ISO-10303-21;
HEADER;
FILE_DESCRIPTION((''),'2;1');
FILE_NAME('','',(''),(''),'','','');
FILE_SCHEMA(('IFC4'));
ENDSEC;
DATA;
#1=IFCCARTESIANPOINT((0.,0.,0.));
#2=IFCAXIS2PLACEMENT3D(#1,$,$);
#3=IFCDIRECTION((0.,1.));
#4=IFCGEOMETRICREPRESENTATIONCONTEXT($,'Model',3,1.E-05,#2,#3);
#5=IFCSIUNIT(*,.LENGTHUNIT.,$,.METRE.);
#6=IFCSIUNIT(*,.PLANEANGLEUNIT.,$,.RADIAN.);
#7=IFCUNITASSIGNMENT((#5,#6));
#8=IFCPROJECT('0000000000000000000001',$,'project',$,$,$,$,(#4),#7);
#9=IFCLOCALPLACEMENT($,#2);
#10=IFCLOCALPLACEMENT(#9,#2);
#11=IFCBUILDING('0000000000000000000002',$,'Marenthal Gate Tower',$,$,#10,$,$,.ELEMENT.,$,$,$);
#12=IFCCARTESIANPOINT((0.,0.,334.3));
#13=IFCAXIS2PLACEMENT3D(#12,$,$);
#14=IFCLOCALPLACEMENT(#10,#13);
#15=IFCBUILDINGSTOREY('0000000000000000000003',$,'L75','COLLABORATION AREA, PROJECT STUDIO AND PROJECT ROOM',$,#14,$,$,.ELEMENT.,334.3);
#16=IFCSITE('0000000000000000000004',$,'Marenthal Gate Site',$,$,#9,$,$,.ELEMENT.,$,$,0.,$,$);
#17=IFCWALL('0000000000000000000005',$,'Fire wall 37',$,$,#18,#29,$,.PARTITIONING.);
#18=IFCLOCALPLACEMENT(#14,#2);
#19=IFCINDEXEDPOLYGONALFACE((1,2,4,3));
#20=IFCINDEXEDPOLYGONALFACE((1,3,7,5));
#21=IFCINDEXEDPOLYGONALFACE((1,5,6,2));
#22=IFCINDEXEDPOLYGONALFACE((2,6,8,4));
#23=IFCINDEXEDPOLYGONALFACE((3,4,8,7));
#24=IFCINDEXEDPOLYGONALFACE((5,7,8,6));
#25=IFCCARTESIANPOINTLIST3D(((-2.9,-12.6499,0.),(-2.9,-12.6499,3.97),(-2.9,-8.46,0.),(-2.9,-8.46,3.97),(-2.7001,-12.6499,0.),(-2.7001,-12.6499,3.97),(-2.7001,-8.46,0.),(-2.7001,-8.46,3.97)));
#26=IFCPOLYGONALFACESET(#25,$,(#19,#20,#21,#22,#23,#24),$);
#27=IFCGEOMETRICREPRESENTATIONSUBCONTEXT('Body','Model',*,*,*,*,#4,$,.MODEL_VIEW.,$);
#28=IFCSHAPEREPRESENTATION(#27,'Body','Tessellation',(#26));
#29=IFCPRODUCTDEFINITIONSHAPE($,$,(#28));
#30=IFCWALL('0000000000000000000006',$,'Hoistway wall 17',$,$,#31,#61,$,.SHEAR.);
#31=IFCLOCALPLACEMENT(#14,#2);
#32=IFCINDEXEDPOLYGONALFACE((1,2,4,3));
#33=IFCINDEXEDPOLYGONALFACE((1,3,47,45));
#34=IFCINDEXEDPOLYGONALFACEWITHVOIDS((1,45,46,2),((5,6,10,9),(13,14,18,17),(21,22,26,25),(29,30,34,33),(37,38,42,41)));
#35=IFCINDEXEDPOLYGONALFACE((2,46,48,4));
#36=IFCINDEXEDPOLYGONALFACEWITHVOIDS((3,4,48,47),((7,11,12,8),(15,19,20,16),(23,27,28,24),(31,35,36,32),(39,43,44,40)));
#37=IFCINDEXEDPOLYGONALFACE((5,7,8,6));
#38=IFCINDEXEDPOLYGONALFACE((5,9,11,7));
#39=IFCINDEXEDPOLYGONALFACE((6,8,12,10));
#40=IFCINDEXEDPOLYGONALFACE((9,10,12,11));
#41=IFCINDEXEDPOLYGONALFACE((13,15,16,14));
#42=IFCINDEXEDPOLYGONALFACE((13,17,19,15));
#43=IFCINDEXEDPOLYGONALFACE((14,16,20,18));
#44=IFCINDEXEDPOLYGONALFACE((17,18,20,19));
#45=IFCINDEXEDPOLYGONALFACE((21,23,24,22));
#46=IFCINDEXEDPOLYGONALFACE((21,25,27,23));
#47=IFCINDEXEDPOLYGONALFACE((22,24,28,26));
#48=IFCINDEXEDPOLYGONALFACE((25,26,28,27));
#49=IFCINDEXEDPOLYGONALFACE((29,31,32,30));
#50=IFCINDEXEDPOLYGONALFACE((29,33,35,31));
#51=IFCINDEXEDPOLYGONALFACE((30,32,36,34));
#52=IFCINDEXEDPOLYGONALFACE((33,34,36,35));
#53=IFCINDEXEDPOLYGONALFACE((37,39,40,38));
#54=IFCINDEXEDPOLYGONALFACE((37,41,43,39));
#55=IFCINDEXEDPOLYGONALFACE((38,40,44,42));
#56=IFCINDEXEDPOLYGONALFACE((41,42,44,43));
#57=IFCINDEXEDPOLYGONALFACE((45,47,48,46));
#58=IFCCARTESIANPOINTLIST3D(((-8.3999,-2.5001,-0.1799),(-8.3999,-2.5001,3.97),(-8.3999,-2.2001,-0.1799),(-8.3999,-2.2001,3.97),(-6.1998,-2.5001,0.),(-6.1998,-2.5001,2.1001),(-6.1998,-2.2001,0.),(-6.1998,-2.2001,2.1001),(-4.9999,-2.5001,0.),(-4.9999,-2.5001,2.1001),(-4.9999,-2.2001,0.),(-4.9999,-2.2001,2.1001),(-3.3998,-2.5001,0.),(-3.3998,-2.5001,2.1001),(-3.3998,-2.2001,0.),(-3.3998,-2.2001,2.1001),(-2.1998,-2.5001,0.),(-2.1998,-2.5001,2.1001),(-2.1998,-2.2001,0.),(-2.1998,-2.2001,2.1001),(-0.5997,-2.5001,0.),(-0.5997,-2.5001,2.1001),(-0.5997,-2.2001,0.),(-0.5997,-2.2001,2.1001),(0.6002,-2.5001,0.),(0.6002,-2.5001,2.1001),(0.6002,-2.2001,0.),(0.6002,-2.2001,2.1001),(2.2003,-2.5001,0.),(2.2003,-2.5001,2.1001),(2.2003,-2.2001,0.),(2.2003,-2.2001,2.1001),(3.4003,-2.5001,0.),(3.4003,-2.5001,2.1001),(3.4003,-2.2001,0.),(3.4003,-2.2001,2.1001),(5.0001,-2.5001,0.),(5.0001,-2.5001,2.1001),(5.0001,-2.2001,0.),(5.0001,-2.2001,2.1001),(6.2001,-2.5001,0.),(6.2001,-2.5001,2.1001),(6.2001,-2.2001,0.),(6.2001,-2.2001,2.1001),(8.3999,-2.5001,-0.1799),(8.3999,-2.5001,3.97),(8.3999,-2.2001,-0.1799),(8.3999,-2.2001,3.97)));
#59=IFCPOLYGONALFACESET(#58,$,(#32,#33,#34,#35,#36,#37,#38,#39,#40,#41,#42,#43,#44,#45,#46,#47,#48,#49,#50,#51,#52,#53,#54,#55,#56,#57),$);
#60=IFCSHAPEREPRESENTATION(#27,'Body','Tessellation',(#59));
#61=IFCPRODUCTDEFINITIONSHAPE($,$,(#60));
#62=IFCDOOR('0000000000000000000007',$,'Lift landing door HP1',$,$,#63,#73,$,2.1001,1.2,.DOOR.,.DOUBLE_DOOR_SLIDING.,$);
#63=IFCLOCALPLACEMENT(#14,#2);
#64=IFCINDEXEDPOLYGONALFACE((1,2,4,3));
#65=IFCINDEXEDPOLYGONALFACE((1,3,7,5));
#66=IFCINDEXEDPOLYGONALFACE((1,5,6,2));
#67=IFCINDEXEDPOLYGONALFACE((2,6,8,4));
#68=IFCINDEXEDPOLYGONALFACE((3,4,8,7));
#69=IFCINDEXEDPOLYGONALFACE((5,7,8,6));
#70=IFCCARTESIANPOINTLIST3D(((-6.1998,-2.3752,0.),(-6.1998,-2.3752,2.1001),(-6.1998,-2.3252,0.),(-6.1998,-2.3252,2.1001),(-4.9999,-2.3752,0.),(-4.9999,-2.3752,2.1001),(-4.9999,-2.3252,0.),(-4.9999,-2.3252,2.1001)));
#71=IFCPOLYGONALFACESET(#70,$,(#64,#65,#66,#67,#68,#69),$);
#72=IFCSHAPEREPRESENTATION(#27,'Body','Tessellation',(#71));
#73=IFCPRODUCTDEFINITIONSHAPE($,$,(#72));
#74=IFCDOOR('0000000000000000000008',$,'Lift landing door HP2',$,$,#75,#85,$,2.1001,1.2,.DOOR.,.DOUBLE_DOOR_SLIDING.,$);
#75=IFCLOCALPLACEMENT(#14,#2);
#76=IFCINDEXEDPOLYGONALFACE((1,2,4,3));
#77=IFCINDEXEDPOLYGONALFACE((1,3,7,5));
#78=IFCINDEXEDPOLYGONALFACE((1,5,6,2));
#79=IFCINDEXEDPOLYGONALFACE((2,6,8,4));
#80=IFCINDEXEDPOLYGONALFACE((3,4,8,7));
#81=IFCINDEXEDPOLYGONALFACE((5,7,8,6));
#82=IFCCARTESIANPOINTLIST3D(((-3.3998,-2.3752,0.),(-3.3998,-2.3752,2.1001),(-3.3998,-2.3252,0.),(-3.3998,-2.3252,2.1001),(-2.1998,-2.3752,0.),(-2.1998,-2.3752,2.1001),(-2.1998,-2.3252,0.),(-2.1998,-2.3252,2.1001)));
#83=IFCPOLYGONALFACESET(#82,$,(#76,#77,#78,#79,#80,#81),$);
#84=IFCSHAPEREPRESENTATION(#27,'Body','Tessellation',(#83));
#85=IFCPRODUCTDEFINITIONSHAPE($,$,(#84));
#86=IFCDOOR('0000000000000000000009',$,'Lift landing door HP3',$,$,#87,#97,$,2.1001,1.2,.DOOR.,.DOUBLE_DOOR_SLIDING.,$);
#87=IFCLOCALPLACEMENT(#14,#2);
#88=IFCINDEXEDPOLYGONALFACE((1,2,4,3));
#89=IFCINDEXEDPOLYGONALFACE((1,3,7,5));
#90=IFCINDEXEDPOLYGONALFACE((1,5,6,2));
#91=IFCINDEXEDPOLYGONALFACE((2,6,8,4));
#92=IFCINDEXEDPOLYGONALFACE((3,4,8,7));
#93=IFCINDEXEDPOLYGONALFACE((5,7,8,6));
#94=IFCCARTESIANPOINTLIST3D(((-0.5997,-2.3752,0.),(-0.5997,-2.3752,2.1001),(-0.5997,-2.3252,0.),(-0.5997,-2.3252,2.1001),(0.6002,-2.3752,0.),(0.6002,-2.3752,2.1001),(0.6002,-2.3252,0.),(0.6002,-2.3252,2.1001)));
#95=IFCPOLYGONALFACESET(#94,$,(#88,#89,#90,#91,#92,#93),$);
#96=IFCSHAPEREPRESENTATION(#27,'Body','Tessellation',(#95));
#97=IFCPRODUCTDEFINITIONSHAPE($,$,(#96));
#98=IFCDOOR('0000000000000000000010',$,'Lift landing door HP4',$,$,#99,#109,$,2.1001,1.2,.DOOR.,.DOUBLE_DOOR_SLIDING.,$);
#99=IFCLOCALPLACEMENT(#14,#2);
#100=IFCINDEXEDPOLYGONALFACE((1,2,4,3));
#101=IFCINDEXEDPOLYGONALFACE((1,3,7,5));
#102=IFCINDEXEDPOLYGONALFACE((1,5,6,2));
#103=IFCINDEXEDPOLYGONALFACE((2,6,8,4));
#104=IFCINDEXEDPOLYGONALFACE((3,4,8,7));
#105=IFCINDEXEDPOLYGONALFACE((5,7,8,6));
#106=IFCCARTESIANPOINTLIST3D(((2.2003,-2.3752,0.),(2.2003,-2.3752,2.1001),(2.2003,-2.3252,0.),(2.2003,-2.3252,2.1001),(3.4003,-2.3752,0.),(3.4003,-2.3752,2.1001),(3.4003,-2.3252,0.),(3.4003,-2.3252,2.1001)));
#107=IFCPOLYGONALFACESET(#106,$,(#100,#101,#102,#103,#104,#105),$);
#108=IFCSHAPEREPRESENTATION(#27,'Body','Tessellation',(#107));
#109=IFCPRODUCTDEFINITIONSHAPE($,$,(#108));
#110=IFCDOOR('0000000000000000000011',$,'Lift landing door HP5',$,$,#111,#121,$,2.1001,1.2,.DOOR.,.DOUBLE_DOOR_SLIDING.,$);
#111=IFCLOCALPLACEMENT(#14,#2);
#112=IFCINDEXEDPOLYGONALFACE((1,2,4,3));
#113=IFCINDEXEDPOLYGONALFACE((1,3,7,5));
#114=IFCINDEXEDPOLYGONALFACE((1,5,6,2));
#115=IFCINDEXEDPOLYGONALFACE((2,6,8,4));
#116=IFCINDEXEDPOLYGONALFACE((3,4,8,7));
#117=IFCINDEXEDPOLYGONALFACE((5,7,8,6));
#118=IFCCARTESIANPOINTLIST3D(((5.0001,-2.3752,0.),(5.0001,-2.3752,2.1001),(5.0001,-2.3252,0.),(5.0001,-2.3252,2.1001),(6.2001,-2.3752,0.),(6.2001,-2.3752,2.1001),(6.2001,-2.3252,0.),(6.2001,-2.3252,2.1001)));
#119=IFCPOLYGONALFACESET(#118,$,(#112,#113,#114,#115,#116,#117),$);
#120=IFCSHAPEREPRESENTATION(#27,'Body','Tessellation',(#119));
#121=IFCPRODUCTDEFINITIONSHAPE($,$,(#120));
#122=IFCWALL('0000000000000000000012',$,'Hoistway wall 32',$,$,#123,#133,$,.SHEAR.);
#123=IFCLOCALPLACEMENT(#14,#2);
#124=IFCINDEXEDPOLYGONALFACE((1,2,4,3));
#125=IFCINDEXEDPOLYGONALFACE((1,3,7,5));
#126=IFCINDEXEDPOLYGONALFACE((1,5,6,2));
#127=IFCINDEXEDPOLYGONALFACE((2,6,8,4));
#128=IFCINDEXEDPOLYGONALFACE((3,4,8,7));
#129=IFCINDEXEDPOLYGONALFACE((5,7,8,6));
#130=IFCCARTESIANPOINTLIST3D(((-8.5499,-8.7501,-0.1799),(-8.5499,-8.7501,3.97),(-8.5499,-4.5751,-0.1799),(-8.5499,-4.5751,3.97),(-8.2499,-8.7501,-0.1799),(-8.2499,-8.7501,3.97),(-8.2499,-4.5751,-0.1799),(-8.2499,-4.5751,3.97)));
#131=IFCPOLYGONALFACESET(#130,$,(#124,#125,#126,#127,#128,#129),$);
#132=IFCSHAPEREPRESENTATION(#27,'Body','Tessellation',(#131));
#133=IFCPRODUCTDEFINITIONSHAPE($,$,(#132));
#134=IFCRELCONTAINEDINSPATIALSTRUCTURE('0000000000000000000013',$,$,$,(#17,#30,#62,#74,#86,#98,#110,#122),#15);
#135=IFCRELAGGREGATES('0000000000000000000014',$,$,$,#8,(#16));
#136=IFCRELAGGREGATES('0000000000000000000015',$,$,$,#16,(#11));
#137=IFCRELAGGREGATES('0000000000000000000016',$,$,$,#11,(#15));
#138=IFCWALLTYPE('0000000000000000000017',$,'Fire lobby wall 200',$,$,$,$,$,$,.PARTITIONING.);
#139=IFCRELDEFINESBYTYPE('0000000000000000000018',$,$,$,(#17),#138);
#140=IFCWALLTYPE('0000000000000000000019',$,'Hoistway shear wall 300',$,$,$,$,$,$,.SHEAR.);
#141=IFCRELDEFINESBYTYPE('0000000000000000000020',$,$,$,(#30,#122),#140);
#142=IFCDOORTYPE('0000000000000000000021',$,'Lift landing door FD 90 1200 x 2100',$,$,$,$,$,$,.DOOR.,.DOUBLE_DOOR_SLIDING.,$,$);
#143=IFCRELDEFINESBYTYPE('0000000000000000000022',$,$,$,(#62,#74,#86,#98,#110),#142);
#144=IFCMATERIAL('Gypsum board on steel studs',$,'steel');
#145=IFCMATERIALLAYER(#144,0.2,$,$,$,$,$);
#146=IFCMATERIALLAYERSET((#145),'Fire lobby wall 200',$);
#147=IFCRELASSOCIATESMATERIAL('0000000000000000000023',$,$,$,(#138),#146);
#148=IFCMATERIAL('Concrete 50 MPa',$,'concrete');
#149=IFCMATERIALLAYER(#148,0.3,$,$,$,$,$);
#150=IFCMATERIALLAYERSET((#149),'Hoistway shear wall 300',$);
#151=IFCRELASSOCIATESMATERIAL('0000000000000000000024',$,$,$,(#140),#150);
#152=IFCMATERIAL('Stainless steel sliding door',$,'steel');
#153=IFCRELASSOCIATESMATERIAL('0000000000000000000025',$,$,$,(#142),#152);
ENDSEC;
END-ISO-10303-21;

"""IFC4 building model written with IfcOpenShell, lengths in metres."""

from ifc_helpers import new_model, si_unit, direction, frame, frame_2d, origin, place, context, subcontext, project, spatial, rectangle, extrude, material, layer, layer_set, type_object, element, fill, save


model = new_model("IFC4")

# Units and contexts
model_context = context("Model", 3, precision=1e-05, world=origin(), true_north=direction((0.0, 1.0)))
body_context = subcontext(model_context, "Body", "Model", "MODEL_VIEW")
ifc_project = project(units=[si_unit("LENGTHUNIT", "METRE"), si_unit("PLANEANGLEUNIT", "RADIAN")], contexts=[model_context])

# Site, building, storey
site_placement = place(None, origin())
site = spatial("IfcSite", under=ifc_project, at=site_placement, Name="Marenthal Gate Site", CompositionType="ELEMENT", RefElevation=0.0)
building_placement = place(site_placement, origin())
building = spatial("IfcBuilding", under=site, at=building_placement, Name="Marenthal Gate Tower", CompositionType="ELEMENT")
storey_placement = place(building_placement, frame((0.0, 0.0, 334.3)))
storey = spatial("IfcBuildingStorey", under=building, at=storey_placement, Name="L75", Description="COLLABORATION AREA, PROJECT STUDIO AND PROJECT ROOM", CompositionType="ELEMENT", Elevation=334.3)

# Wall
ifc_material_1 = material(Name="Gypsum board on steel studs", Category="steel")
ifc_layer_1 = layer(ifc_material_1, 0.2)
ifc_layer_set_1 = layer_set([ifc_layer_1], Name="Fire lobby wall 200")
wall_type_1 = type_object("IfcWallType", Name="Fire lobby wall 200", PredefinedType="PARTITIONING", material=ifc_layer_set_1)
wall_1_placement = place(storey_placement, frame((-2.8, -12.6499, 0.0), z_axis=(0.0, 0.0, 1.0), x_axis=(0.0, 1.0, 0.0)))
element("IfcWall", 1, at=wall_1_placement, inside=storey, type_object=wall_type_1, Name="Fire wall 37", PredefinedType="PARTITIONING", context=body_context, shape_type="SweptSolid", body=[
    extrude(rectangle(XDim=4.1899, YDim=0.2, at=frame_2d((2.095, 0.0))), origin(), (0.0, 0.0, 1.0), 3.97),
])

# Wall, openings, doors
ifc_material_2 = material(Name="Concrete 50 MPa", Category="concrete")
ifc_layer_2 = layer(ifc_material_2, 0.3)
ifc_layer_set_2 = layer_set([ifc_layer_2], Name="Hoistway shear wall 300")
wall_type_2 = type_object("IfcWallType", Name="Hoistway shear wall 300", PredefinedType="SHEAR", material=ifc_layer_set_2)
wall_2_placement = place(storey_placement, frame((-8.3999, -2.3501, -0.1799), z_axis=(0.0, 0.0, 1.0), x_axis=(1.0, 0.0, 0.0)))
wall_2 = element("IfcWall", 2, at=wall_2_placement, inside=storey, type_object=wall_type_2, Name="Hoistway wall 17", PredefinedType="SHEAR", context=body_context, shape_type="SweptSolid", body=[
    extrude(rectangle(XDim=16.7998, YDim=0.3, at=frame_2d((8.3999, 0.0))), origin(), (0.0, 0.0, 1.0), 4.1499),
])
opening_1_placement = place(wall_2_placement, frame((2.2, 0.0, 0.1799)))
opening_1 = element("IfcOpeningElement", 3, at=opening_1_placement, cuts=wall_2, PredefinedType="OPENING", context=body_context, shape_type="SweptSolid", body=[
    extrude(rectangle(XDim=1.2, YDim=2.1001, at=frame_2d((0.6001, 1.05))), frame((0.0, 0.1602, 0.0), z_axis=(0.0, -1.0, 0.0), x_axis=(1.0, 0.0, 0.0)), (0.0, 0.0, 1.0), 0.3201),
])
opening_2_placement = place(wall_2_placement, frame((5.0, 0.0, 0.1799)))
opening_2 = element("IfcOpeningElement", 4, at=opening_2_placement, cuts=wall_2, PredefinedType="OPENING", context=body_context, shape_type="SweptSolid", body=[
    extrude(rectangle(XDim=1.2, YDim=2.1001, at=frame_2d((0.6001, 1.05))), frame((0.0, 0.1602, 0.0), z_axis=(0.0, -1.0, 0.0), x_axis=(1.0, 0.0, 0.0)), (0.0, 0.0, 1.0), 0.3201),
])
opening_3_placement = place(wall_2_placement, frame((7.8, 0.0, 0.1799)))
opening_3 = element("IfcOpeningElement", 5, at=opening_3_placement, cuts=wall_2, PredefinedType="OPENING", context=body_context, shape_type="SweptSolid", body=[
    extrude(rectangle(XDim=1.2, YDim=2.1001, at=frame_2d((0.6001, 1.05))), frame((0.0, 0.1602, 0.0), z_axis=(0.0, -1.0, 0.0), x_axis=(1.0, 0.0, 0.0)), (0.0, 0.0, 1.0), 0.3201),
])
opening_4_placement = place(wall_2_placement, frame((10.6001, 0.0, 0.1799)))
opening_4 = element("IfcOpeningElement", 6, at=opening_4_placement, cuts=wall_2, PredefinedType="OPENING", context=body_context, shape_type="SweptSolid", body=[
    extrude(rectangle(XDim=1.2, YDim=2.1001, at=frame_2d((0.6001, 1.05))), frame((0.0, 0.1602, 0.0), z_axis=(0.0, -1.0, 0.0), x_axis=(1.0, 0.0, 0.0)), (0.0, 0.0, 1.0), 0.3201),
])
opening_5_placement = place(wall_2_placement, frame((13.3999, 0.0, 0.1799)))
opening_5 = element("IfcOpeningElement", 7, at=opening_5_placement, cuts=wall_2, PredefinedType="OPENING", context=body_context, shape_type="SweptSolid", body=[
    extrude(rectangle(XDim=1.2, YDim=2.1001, at=frame_2d((0.6001, 1.05))), frame((0.0, 0.1602, 0.0), z_axis=(0.0, -1.0, 0.0), x_axis=(1.0, 0.0, 0.0)), (0.0, 0.0, 1.0), 0.3201),
])
ifc_material_3 = material(Name="Stainless steel sliding door", Category="steel")
door_type_1 = type_object("IfcDoorType", Name="Lift landing door FD 90 1200 x 2100", OperationType="DOUBLE_DOOR_SLIDING", PredefinedType="DOOR", material=ifc_material_3)
door_1_placement = place(opening_1_placement, origin())
door_1 = element("IfcDoor", 8, at=door_1_placement, inside=storey, type_object=door_type_1, Name="Lift landing door HP1", OperationType="DOUBLE_DOOR_SLIDING", OverallHeight=2.1001, OverallWidth=1.2, PredefinedType="DOOR", context=body_context, shape_type="SweptSolid", body=[
    extrude(rectangle(XDim=1.2, YDim=2.1001, at=frame_2d((0.6001, 1.05))), frame((0.0, 0.0249, 0.0), z_axis=(0.0, -1.0, 0.0), x_axis=(1.0, 0.0, 0.0)), (0.0, 0.0, 1.0), 0.05),
])
fill(opening_1, door_1)
door_2_placement = place(opening_2_placement, origin())
door_2 = element("IfcDoor", 9, at=door_2_placement, inside=storey, type_object=door_type_1, Name="Lift landing door HP2", OperationType="DOUBLE_DOOR_SLIDING", OverallHeight=2.1001, OverallWidth=1.2, PredefinedType="DOOR", context=body_context, shape_type="SweptSolid", body=[
    extrude(rectangle(XDim=1.2, YDim=2.1001, at=frame_2d((0.6001, 1.05))), frame((0.0, 0.0249, 0.0), z_axis=(0.0, -1.0, 0.0), x_axis=(1.0, 0.0, 0.0)), (0.0, 0.0, 1.0), 0.05),
])
fill(opening_2, door_2)
door_3_placement = place(opening_3_placement, origin())
door_3 = element("IfcDoor", 10, at=door_3_placement, inside=storey, type_object=door_type_1, Name="Lift landing door HP3", OperationType="DOUBLE_DOOR_SLIDING", OverallHeight=2.1001, OverallWidth=1.2, PredefinedType="DOOR", context=body_context, shape_type="SweptSolid", body=[
    extrude(rectangle(XDim=1.2, YDim=2.1001, at=frame_2d((0.6001, 1.05))), frame((0.0, 0.0249, 0.0), z_axis=(0.0, -1.0, 0.0), x_axis=(1.0, 0.0, 0.0)), (0.0, 0.0, 1.0), 0.05),
])
fill(opening_3, door_3)
door_4_placement = place(opening_4_placement, origin())
door_4 = element("IfcDoor", 11, at=door_4_placement, inside=storey, type_object=door_type_1, Name="Lift landing door HP4", OperationType="DOUBLE_DOOR_SLIDING", OverallHeight=2.1001, OverallWidth=1.2, PredefinedType="DOOR", context=body_context, shape_type="SweptSolid", body=[
    extrude(rectangle(XDim=1.2, YDim=2.1001, at=frame_2d((0.6001, 1.05))), frame((0.0, 0.0249, 0.0), z_axis=(0.0, -1.0, 0.0), x_axis=(1.0, 0.0, 0.0)), (0.0, 0.0, 1.0), 0.05),
])
fill(opening_4, door_4)
door_5_placement = place(opening_5_placement, origin())
door_5 = element("IfcDoor", 12, at=door_5_placement, inside=storey, type_object=door_type_1, Name="Lift landing door HP5", OperationType="DOUBLE_DOOR_SLIDING", OverallHeight=2.1001, OverallWidth=1.2, PredefinedType="DOOR", context=body_context, shape_type="SweptSolid", body=[
    extrude(rectangle(XDim=1.2, YDim=2.1001, at=frame_2d((0.6001, 1.05))), frame((0.0, 0.0249, 0.0), z_axis=(0.0, -1.0, 0.0), x_axis=(1.0, 0.0, 0.0)), (0.0, 0.0, 1.0), 0.05),
])
fill(opening_5, door_5)

# Wall
wall_3_placement = place(storey_placement, frame((-8.3999, -8.75, -0.1799), z_axis=(0.0, 0.0, 1.0), x_axis=(0.0, 1.0, 0.0)))
element("IfcWall", 13, at=wall_3_placement, inside=storey, type_object=wall_type_2, Name="Hoistway wall 32", PredefinedType="SHEAR", context=body_context, shape_type="SweptSolid", body=[
    extrude(rectangle(XDim=4.175, YDim=0.3, at=frame_2d((2.0874, 0.0))), origin(), (0.0, 0.0, 1.0), 4.1499),
])

save(model, "model.ifc")
